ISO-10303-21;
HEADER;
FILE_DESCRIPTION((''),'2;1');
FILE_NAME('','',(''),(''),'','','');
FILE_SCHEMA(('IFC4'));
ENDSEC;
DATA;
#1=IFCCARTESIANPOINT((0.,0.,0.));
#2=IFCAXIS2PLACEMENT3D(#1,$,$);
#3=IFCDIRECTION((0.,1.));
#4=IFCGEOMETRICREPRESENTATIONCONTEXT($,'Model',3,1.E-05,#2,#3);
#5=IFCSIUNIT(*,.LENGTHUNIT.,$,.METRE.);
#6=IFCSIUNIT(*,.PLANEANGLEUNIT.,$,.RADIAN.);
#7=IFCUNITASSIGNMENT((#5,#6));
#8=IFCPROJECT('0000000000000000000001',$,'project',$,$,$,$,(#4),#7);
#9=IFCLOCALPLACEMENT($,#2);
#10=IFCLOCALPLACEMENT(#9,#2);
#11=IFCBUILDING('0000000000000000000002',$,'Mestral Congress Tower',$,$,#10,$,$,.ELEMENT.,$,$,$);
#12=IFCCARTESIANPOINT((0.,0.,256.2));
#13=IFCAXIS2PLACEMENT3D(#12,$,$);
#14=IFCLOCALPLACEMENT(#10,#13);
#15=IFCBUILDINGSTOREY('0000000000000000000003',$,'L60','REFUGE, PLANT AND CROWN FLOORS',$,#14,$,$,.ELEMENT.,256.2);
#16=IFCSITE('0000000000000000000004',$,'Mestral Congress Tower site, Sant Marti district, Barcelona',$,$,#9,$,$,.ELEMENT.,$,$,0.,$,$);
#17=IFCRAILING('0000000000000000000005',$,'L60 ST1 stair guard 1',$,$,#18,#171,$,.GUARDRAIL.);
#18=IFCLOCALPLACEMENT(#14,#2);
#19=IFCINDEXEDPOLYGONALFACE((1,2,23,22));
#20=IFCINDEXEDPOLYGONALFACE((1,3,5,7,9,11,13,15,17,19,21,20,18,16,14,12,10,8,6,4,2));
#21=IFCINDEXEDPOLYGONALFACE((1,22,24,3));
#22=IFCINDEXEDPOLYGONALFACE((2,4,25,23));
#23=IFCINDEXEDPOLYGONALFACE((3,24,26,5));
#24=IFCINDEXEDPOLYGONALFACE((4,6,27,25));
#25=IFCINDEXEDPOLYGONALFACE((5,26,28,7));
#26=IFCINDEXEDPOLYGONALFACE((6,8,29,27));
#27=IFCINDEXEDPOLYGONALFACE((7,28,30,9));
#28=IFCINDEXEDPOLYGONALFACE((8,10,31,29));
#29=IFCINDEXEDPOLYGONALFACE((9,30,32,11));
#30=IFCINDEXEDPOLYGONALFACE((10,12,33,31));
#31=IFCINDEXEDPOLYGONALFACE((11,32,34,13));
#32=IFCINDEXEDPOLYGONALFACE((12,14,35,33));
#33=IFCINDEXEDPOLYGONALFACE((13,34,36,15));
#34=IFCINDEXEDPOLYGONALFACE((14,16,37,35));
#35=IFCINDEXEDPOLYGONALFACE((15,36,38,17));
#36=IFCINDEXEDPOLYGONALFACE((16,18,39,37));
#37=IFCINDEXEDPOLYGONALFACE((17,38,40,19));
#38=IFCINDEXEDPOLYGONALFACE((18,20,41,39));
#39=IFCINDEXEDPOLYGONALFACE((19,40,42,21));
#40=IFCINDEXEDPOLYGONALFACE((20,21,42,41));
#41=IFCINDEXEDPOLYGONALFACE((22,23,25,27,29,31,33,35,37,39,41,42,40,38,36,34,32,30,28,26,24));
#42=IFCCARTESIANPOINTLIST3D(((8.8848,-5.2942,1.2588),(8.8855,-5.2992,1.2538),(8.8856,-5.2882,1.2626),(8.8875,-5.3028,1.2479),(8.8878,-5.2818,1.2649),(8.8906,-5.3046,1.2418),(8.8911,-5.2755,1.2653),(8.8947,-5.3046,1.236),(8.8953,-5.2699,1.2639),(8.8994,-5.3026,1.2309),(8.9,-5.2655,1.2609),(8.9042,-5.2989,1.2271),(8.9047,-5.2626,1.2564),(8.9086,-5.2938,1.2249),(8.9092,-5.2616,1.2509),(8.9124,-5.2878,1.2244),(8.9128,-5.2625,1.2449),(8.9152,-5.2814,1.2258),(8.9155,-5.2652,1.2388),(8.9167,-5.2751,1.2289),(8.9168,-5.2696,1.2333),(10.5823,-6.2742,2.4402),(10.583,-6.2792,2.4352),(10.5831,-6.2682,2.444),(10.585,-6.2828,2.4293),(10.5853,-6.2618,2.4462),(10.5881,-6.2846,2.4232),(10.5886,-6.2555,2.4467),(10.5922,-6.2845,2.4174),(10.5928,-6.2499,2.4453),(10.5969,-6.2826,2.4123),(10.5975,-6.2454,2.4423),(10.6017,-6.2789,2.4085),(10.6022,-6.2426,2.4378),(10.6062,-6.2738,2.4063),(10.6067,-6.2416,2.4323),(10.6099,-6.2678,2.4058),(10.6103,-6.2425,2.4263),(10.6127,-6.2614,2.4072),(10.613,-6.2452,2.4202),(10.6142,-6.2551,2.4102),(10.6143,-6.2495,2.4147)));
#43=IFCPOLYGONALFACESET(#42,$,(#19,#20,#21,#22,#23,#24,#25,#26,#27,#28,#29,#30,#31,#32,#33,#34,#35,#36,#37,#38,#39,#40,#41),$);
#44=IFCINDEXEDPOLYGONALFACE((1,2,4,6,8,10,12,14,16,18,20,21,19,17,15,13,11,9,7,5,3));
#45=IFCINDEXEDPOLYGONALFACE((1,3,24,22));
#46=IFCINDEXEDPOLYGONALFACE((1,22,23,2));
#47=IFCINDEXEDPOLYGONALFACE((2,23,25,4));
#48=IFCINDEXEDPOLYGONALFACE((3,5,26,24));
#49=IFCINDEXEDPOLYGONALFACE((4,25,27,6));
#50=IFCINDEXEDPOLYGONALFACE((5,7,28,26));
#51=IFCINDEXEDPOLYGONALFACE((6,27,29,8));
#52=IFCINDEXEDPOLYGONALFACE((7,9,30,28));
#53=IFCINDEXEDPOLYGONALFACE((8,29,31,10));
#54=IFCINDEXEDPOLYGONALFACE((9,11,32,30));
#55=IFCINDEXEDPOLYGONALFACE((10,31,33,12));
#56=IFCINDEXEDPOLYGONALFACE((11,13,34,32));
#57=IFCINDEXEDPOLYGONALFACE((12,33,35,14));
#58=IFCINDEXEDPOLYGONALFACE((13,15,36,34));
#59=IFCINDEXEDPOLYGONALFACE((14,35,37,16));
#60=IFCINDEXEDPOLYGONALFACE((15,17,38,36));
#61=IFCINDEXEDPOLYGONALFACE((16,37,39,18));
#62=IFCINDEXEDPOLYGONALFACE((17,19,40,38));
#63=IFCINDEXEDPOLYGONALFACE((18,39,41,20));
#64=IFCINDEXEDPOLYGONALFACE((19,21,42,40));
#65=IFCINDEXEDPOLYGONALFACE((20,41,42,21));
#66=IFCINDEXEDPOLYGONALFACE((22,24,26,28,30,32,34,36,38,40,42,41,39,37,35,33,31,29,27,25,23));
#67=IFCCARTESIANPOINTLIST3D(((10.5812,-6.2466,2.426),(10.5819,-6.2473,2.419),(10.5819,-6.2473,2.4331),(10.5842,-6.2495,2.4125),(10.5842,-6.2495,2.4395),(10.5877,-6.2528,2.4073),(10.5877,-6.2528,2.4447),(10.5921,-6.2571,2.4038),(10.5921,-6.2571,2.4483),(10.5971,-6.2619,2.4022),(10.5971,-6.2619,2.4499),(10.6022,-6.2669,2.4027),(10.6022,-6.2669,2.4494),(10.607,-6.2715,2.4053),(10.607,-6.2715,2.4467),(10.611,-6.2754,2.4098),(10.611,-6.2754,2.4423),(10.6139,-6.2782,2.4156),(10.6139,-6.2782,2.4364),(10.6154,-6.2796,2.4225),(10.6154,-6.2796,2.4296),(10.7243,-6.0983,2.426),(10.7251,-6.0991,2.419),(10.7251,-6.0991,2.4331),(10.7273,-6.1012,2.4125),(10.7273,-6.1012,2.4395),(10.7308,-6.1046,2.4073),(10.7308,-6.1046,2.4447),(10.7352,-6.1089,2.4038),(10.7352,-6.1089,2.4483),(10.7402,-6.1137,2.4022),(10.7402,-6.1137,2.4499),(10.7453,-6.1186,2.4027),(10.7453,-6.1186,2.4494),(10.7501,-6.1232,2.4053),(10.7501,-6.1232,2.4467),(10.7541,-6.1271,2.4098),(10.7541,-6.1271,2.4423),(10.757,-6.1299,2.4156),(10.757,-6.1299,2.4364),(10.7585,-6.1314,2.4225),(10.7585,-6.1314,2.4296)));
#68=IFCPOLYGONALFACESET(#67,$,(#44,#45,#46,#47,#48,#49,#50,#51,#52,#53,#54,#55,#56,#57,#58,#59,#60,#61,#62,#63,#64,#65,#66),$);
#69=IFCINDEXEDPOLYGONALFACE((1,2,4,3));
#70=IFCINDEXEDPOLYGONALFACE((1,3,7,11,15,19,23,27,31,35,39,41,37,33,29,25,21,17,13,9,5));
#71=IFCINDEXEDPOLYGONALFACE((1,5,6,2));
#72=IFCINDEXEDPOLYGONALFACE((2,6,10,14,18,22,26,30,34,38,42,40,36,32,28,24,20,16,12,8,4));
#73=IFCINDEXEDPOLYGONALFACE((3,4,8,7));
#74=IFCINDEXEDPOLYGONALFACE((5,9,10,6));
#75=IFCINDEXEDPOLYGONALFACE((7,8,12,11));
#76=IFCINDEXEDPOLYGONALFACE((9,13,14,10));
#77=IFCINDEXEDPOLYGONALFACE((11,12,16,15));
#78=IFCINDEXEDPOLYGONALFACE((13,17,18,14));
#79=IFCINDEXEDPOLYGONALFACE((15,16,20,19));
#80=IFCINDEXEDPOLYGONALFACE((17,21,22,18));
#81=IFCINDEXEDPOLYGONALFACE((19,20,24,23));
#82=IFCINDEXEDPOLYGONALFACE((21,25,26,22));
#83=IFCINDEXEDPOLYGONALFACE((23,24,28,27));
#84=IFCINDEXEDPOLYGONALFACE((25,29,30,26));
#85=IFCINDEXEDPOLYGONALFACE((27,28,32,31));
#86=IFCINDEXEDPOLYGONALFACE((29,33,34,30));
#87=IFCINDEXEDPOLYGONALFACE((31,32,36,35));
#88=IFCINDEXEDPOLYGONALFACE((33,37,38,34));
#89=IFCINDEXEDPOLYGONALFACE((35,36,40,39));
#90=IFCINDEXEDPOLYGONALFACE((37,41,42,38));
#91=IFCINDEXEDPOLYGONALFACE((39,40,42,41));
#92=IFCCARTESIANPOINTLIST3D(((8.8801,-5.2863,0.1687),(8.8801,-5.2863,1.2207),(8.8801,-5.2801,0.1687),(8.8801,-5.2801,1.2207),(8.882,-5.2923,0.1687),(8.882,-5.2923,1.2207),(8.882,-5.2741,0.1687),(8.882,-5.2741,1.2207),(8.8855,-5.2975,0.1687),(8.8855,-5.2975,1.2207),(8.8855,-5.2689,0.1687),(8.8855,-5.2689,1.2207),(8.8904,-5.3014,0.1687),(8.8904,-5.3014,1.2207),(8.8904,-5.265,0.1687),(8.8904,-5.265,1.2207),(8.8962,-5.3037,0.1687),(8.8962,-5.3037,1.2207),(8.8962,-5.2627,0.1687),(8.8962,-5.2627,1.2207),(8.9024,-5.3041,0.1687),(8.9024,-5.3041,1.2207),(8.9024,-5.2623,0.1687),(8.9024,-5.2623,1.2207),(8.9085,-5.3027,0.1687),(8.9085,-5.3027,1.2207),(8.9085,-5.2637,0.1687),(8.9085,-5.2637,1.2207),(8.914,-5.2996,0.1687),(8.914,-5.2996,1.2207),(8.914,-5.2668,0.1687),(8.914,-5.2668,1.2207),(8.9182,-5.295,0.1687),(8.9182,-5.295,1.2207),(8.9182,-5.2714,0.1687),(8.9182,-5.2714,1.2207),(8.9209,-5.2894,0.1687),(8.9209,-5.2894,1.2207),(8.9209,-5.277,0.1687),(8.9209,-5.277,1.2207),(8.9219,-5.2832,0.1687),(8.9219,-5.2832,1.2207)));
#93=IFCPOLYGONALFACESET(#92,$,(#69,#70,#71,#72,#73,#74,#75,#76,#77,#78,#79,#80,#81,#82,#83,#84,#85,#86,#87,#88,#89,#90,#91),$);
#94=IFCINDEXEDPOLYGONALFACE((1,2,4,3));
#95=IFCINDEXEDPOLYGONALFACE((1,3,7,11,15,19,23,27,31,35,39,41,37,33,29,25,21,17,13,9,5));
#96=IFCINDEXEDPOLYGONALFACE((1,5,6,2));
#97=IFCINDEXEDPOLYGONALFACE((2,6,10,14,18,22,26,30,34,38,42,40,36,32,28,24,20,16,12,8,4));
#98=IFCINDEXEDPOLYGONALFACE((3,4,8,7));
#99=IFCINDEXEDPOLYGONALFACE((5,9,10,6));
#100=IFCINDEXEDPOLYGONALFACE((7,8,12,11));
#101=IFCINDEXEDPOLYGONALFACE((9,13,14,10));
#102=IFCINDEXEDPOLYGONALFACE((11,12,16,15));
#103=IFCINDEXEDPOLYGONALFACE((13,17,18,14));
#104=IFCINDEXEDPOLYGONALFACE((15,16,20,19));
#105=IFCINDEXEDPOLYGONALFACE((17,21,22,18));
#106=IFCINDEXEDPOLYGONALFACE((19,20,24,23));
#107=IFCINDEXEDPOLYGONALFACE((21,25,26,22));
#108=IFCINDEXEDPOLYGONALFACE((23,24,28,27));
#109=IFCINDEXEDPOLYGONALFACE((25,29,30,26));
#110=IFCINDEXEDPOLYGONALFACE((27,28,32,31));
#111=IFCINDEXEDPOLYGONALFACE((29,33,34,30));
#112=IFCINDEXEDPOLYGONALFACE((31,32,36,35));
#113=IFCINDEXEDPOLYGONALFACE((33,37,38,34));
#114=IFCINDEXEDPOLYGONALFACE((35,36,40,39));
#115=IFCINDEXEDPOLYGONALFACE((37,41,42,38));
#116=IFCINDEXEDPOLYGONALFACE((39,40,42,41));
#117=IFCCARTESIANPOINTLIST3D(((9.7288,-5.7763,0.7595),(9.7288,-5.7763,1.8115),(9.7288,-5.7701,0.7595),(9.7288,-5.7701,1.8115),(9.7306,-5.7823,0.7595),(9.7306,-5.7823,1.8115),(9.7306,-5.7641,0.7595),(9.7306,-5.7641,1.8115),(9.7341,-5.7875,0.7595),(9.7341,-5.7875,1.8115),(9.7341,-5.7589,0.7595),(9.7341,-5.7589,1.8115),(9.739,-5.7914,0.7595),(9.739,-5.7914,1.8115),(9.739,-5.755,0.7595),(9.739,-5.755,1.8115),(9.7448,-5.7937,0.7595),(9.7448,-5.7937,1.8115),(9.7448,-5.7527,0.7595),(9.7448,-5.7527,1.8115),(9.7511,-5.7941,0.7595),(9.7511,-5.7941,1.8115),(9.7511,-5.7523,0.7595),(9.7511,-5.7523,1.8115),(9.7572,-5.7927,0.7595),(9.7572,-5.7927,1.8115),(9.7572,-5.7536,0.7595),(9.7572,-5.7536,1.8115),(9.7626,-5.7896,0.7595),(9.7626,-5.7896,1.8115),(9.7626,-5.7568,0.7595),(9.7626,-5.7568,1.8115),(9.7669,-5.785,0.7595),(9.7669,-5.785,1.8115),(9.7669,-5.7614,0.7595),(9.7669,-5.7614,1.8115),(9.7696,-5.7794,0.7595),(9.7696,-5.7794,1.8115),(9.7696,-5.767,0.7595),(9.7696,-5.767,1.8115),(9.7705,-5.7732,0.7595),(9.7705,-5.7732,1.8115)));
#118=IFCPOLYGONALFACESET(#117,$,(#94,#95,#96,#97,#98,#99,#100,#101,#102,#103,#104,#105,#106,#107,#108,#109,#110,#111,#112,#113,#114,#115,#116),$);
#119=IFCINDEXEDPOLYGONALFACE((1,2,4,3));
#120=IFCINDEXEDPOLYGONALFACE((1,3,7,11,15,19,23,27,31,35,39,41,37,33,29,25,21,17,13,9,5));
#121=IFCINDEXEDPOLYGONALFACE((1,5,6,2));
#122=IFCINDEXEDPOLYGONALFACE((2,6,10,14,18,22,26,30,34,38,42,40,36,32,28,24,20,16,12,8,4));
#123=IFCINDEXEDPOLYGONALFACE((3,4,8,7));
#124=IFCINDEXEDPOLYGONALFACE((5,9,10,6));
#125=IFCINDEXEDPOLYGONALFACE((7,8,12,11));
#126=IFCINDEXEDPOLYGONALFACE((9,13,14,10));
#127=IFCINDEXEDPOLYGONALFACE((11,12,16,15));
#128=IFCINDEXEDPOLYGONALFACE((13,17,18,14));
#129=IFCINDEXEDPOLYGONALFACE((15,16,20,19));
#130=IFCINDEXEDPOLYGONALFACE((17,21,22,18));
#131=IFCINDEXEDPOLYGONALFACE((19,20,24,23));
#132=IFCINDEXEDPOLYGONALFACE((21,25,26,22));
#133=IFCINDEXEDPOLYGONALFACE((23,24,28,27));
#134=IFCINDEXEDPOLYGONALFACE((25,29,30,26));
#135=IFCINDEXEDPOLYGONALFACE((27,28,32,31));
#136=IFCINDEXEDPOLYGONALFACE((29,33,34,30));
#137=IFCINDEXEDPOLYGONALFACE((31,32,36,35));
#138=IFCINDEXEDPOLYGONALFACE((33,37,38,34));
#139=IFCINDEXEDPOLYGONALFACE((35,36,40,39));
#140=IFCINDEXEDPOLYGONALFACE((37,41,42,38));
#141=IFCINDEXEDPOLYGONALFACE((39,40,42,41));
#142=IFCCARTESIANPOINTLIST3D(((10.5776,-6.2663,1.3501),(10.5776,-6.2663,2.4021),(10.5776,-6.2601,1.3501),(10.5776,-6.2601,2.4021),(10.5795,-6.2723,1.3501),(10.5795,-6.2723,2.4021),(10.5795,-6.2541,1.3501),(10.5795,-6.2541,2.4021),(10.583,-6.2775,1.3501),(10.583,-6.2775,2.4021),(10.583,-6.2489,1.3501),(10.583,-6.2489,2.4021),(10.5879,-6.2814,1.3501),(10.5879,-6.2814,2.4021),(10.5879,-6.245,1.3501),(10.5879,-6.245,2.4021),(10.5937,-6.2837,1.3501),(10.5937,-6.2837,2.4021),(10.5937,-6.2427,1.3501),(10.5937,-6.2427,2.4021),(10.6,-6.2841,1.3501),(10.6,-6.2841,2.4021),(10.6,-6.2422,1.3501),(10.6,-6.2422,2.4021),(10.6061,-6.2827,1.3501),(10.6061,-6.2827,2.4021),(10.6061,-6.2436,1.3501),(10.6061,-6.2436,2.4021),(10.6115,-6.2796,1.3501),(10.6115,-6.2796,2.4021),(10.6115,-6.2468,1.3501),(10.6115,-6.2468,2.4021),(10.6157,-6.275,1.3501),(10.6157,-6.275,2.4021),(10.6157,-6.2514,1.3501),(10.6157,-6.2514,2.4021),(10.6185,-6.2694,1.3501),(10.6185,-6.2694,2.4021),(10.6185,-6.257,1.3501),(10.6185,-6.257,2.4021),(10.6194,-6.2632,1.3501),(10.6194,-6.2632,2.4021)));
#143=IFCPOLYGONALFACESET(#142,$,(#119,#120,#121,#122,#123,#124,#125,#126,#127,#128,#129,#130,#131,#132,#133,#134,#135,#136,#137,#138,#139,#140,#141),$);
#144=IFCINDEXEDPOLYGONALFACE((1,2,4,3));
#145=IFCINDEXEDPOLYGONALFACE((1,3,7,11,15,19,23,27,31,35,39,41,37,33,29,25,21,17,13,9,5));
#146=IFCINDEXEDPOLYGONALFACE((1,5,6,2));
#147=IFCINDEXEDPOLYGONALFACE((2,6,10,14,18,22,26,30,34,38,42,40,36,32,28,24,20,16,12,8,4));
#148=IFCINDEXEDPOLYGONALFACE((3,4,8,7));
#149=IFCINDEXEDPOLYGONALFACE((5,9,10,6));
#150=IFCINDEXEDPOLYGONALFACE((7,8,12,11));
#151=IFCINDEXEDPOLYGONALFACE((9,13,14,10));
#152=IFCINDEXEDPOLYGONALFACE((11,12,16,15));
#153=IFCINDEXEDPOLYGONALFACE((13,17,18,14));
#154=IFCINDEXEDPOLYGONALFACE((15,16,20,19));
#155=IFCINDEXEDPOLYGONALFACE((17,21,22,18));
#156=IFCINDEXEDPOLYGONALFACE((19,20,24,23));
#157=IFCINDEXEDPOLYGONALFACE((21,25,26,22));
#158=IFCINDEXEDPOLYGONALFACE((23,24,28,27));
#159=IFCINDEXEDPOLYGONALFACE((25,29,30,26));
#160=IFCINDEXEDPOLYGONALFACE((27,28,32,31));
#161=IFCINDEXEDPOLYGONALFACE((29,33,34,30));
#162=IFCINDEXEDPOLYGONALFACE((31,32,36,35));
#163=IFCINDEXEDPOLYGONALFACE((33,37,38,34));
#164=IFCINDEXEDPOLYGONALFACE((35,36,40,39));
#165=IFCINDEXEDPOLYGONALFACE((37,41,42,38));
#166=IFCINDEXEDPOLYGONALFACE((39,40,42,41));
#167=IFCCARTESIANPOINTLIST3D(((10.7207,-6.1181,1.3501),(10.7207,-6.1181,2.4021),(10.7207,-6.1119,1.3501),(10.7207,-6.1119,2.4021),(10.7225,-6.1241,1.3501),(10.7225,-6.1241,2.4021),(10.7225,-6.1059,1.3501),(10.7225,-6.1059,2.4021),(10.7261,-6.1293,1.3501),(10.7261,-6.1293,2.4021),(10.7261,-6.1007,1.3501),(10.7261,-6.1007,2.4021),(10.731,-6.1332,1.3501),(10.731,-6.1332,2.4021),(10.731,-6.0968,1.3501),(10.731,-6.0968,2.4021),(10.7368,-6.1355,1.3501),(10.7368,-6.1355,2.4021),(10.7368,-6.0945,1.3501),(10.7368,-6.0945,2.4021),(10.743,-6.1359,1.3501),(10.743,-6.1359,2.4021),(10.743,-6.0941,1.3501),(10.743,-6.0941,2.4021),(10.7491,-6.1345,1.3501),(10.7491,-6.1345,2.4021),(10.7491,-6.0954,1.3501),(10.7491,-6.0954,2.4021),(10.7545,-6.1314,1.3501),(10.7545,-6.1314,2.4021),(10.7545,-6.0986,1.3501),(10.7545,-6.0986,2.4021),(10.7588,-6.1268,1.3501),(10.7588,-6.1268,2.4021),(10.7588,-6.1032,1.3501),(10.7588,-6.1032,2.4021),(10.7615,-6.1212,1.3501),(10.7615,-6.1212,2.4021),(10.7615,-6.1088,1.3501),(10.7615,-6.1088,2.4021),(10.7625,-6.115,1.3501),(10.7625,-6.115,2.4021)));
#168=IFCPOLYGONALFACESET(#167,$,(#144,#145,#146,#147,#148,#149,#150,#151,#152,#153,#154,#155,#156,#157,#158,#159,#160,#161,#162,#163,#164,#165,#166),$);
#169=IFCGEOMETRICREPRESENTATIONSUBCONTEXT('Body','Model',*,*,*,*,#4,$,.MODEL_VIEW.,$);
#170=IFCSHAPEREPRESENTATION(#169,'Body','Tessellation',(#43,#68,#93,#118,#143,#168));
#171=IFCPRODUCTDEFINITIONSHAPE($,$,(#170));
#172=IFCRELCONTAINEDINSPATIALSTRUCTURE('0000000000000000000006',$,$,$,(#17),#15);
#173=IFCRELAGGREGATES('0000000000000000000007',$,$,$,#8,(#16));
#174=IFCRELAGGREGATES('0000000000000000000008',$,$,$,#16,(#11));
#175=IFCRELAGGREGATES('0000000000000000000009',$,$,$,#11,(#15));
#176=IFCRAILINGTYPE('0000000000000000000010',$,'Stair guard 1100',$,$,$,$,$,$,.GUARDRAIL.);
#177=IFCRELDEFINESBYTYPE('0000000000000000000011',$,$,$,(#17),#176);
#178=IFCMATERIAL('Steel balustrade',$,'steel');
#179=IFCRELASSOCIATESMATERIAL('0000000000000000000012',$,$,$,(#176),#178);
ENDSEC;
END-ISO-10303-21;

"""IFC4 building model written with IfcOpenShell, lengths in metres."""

from ifc_helpers import new_model, si_unit, direction, frame, origin, origin_2d, place, context, subcontext, project, spatial, circle, extrude, material, type_object, element, save


model = new_model("IFC4")

# Units and contexts
model_context = context("Model", 3, precision=1e-05, world=origin(), true_north=direction((0.0, 1.0)))
body_context = subcontext(model_context, "Body", "Model", "MODEL_VIEW")
ifc_project = project(units=[si_unit("LENGTHUNIT", "METRE"), si_unit("PLANEANGLEUNIT", "RADIAN")], contexts=[model_context])

# Site, building, storey
site_placement = place(None, origin())
site = spatial("IfcSite", under=ifc_project, at=site_placement, Name="Mestral Congress Tower site, Sant Marti district, Barcelona", CompositionType="ELEMENT", RefElevation=0.0)
building_placement = place(site_placement, origin())
building = spatial("IfcBuilding", under=site, at=building_placement, Name="Mestral Congress Tower", CompositionType="ELEMENT")
storey_placement = place(building_placement, frame((0.0, 0.0, 256.2)))
storey = spatial("IfcBuildingStorey", under=building, at=storey_placement, Name="L60", Description="REFUGE, PLANT AND CROWN FLOORS", CompositionType="ELEMENT", Elevation=256.2)

# Railing
ifc_material_1 = material(Name="Steel balustrade", Category="steel")
railing_type = type_object("IfcRailingType", Name="Stair guard 1100", PredefinedType="GUARDRAIL", material=ifc_material_1)
railing_1_placement = place(storey_placement, frame((8.9009, -5.2832, 0.1687)))
element("IfcRailing", 1, at=railing_1_placement, inside=storey, type_object=railing_type, Name="L60 ST1 stair guard 1", PredefinedType="GUARDRAIL", context=body_context, shape_type="SweptSolid", body=[
    extrude(circle(Radius=0.0239, at=origin_2d()), frame((0.0, 0.0, 1.0762), z_axis=(0.741731, -0.428205, 0.516214), x_axis=(0.49997, 0.866042, 0.0)), (0.0, 0.0, 1.0), 2.2886),
    extrude(circle(Radius=0.0239, at=origin_2d()), frame((1.6975, -0.98, 2.2573), z_axis=(0.694552, 0.719442, 0.0), x_axis=(-0.719442, 0.694552, 0.0)), (0.0, 0.0, 1.0), 0.2061),
    extrude(circle(Radius=0.021, at=origin_2d()), origin(), (0.0, 0.0, 1.0), 1.052),
    extrude(circle(Radius=0.021, at=origin_2d()), frame((0.8486, -0.49, 0.5908)), (0.0, 0.0, 1.0), 1.052),
    extrude(circle(Radius=0.021, at=origin_2d()), frame((1.6975, -0.98, 1.1814)), (0.0, 0.0, 1.0), 1.052),
    extrude(circle(Radius=0.021, at=origin_2d()), frame((1.8406, -0.8318, 1.1814)), (0.0, 0.0, 1.0), 1.052),
])

save(model, "model.ifc")
